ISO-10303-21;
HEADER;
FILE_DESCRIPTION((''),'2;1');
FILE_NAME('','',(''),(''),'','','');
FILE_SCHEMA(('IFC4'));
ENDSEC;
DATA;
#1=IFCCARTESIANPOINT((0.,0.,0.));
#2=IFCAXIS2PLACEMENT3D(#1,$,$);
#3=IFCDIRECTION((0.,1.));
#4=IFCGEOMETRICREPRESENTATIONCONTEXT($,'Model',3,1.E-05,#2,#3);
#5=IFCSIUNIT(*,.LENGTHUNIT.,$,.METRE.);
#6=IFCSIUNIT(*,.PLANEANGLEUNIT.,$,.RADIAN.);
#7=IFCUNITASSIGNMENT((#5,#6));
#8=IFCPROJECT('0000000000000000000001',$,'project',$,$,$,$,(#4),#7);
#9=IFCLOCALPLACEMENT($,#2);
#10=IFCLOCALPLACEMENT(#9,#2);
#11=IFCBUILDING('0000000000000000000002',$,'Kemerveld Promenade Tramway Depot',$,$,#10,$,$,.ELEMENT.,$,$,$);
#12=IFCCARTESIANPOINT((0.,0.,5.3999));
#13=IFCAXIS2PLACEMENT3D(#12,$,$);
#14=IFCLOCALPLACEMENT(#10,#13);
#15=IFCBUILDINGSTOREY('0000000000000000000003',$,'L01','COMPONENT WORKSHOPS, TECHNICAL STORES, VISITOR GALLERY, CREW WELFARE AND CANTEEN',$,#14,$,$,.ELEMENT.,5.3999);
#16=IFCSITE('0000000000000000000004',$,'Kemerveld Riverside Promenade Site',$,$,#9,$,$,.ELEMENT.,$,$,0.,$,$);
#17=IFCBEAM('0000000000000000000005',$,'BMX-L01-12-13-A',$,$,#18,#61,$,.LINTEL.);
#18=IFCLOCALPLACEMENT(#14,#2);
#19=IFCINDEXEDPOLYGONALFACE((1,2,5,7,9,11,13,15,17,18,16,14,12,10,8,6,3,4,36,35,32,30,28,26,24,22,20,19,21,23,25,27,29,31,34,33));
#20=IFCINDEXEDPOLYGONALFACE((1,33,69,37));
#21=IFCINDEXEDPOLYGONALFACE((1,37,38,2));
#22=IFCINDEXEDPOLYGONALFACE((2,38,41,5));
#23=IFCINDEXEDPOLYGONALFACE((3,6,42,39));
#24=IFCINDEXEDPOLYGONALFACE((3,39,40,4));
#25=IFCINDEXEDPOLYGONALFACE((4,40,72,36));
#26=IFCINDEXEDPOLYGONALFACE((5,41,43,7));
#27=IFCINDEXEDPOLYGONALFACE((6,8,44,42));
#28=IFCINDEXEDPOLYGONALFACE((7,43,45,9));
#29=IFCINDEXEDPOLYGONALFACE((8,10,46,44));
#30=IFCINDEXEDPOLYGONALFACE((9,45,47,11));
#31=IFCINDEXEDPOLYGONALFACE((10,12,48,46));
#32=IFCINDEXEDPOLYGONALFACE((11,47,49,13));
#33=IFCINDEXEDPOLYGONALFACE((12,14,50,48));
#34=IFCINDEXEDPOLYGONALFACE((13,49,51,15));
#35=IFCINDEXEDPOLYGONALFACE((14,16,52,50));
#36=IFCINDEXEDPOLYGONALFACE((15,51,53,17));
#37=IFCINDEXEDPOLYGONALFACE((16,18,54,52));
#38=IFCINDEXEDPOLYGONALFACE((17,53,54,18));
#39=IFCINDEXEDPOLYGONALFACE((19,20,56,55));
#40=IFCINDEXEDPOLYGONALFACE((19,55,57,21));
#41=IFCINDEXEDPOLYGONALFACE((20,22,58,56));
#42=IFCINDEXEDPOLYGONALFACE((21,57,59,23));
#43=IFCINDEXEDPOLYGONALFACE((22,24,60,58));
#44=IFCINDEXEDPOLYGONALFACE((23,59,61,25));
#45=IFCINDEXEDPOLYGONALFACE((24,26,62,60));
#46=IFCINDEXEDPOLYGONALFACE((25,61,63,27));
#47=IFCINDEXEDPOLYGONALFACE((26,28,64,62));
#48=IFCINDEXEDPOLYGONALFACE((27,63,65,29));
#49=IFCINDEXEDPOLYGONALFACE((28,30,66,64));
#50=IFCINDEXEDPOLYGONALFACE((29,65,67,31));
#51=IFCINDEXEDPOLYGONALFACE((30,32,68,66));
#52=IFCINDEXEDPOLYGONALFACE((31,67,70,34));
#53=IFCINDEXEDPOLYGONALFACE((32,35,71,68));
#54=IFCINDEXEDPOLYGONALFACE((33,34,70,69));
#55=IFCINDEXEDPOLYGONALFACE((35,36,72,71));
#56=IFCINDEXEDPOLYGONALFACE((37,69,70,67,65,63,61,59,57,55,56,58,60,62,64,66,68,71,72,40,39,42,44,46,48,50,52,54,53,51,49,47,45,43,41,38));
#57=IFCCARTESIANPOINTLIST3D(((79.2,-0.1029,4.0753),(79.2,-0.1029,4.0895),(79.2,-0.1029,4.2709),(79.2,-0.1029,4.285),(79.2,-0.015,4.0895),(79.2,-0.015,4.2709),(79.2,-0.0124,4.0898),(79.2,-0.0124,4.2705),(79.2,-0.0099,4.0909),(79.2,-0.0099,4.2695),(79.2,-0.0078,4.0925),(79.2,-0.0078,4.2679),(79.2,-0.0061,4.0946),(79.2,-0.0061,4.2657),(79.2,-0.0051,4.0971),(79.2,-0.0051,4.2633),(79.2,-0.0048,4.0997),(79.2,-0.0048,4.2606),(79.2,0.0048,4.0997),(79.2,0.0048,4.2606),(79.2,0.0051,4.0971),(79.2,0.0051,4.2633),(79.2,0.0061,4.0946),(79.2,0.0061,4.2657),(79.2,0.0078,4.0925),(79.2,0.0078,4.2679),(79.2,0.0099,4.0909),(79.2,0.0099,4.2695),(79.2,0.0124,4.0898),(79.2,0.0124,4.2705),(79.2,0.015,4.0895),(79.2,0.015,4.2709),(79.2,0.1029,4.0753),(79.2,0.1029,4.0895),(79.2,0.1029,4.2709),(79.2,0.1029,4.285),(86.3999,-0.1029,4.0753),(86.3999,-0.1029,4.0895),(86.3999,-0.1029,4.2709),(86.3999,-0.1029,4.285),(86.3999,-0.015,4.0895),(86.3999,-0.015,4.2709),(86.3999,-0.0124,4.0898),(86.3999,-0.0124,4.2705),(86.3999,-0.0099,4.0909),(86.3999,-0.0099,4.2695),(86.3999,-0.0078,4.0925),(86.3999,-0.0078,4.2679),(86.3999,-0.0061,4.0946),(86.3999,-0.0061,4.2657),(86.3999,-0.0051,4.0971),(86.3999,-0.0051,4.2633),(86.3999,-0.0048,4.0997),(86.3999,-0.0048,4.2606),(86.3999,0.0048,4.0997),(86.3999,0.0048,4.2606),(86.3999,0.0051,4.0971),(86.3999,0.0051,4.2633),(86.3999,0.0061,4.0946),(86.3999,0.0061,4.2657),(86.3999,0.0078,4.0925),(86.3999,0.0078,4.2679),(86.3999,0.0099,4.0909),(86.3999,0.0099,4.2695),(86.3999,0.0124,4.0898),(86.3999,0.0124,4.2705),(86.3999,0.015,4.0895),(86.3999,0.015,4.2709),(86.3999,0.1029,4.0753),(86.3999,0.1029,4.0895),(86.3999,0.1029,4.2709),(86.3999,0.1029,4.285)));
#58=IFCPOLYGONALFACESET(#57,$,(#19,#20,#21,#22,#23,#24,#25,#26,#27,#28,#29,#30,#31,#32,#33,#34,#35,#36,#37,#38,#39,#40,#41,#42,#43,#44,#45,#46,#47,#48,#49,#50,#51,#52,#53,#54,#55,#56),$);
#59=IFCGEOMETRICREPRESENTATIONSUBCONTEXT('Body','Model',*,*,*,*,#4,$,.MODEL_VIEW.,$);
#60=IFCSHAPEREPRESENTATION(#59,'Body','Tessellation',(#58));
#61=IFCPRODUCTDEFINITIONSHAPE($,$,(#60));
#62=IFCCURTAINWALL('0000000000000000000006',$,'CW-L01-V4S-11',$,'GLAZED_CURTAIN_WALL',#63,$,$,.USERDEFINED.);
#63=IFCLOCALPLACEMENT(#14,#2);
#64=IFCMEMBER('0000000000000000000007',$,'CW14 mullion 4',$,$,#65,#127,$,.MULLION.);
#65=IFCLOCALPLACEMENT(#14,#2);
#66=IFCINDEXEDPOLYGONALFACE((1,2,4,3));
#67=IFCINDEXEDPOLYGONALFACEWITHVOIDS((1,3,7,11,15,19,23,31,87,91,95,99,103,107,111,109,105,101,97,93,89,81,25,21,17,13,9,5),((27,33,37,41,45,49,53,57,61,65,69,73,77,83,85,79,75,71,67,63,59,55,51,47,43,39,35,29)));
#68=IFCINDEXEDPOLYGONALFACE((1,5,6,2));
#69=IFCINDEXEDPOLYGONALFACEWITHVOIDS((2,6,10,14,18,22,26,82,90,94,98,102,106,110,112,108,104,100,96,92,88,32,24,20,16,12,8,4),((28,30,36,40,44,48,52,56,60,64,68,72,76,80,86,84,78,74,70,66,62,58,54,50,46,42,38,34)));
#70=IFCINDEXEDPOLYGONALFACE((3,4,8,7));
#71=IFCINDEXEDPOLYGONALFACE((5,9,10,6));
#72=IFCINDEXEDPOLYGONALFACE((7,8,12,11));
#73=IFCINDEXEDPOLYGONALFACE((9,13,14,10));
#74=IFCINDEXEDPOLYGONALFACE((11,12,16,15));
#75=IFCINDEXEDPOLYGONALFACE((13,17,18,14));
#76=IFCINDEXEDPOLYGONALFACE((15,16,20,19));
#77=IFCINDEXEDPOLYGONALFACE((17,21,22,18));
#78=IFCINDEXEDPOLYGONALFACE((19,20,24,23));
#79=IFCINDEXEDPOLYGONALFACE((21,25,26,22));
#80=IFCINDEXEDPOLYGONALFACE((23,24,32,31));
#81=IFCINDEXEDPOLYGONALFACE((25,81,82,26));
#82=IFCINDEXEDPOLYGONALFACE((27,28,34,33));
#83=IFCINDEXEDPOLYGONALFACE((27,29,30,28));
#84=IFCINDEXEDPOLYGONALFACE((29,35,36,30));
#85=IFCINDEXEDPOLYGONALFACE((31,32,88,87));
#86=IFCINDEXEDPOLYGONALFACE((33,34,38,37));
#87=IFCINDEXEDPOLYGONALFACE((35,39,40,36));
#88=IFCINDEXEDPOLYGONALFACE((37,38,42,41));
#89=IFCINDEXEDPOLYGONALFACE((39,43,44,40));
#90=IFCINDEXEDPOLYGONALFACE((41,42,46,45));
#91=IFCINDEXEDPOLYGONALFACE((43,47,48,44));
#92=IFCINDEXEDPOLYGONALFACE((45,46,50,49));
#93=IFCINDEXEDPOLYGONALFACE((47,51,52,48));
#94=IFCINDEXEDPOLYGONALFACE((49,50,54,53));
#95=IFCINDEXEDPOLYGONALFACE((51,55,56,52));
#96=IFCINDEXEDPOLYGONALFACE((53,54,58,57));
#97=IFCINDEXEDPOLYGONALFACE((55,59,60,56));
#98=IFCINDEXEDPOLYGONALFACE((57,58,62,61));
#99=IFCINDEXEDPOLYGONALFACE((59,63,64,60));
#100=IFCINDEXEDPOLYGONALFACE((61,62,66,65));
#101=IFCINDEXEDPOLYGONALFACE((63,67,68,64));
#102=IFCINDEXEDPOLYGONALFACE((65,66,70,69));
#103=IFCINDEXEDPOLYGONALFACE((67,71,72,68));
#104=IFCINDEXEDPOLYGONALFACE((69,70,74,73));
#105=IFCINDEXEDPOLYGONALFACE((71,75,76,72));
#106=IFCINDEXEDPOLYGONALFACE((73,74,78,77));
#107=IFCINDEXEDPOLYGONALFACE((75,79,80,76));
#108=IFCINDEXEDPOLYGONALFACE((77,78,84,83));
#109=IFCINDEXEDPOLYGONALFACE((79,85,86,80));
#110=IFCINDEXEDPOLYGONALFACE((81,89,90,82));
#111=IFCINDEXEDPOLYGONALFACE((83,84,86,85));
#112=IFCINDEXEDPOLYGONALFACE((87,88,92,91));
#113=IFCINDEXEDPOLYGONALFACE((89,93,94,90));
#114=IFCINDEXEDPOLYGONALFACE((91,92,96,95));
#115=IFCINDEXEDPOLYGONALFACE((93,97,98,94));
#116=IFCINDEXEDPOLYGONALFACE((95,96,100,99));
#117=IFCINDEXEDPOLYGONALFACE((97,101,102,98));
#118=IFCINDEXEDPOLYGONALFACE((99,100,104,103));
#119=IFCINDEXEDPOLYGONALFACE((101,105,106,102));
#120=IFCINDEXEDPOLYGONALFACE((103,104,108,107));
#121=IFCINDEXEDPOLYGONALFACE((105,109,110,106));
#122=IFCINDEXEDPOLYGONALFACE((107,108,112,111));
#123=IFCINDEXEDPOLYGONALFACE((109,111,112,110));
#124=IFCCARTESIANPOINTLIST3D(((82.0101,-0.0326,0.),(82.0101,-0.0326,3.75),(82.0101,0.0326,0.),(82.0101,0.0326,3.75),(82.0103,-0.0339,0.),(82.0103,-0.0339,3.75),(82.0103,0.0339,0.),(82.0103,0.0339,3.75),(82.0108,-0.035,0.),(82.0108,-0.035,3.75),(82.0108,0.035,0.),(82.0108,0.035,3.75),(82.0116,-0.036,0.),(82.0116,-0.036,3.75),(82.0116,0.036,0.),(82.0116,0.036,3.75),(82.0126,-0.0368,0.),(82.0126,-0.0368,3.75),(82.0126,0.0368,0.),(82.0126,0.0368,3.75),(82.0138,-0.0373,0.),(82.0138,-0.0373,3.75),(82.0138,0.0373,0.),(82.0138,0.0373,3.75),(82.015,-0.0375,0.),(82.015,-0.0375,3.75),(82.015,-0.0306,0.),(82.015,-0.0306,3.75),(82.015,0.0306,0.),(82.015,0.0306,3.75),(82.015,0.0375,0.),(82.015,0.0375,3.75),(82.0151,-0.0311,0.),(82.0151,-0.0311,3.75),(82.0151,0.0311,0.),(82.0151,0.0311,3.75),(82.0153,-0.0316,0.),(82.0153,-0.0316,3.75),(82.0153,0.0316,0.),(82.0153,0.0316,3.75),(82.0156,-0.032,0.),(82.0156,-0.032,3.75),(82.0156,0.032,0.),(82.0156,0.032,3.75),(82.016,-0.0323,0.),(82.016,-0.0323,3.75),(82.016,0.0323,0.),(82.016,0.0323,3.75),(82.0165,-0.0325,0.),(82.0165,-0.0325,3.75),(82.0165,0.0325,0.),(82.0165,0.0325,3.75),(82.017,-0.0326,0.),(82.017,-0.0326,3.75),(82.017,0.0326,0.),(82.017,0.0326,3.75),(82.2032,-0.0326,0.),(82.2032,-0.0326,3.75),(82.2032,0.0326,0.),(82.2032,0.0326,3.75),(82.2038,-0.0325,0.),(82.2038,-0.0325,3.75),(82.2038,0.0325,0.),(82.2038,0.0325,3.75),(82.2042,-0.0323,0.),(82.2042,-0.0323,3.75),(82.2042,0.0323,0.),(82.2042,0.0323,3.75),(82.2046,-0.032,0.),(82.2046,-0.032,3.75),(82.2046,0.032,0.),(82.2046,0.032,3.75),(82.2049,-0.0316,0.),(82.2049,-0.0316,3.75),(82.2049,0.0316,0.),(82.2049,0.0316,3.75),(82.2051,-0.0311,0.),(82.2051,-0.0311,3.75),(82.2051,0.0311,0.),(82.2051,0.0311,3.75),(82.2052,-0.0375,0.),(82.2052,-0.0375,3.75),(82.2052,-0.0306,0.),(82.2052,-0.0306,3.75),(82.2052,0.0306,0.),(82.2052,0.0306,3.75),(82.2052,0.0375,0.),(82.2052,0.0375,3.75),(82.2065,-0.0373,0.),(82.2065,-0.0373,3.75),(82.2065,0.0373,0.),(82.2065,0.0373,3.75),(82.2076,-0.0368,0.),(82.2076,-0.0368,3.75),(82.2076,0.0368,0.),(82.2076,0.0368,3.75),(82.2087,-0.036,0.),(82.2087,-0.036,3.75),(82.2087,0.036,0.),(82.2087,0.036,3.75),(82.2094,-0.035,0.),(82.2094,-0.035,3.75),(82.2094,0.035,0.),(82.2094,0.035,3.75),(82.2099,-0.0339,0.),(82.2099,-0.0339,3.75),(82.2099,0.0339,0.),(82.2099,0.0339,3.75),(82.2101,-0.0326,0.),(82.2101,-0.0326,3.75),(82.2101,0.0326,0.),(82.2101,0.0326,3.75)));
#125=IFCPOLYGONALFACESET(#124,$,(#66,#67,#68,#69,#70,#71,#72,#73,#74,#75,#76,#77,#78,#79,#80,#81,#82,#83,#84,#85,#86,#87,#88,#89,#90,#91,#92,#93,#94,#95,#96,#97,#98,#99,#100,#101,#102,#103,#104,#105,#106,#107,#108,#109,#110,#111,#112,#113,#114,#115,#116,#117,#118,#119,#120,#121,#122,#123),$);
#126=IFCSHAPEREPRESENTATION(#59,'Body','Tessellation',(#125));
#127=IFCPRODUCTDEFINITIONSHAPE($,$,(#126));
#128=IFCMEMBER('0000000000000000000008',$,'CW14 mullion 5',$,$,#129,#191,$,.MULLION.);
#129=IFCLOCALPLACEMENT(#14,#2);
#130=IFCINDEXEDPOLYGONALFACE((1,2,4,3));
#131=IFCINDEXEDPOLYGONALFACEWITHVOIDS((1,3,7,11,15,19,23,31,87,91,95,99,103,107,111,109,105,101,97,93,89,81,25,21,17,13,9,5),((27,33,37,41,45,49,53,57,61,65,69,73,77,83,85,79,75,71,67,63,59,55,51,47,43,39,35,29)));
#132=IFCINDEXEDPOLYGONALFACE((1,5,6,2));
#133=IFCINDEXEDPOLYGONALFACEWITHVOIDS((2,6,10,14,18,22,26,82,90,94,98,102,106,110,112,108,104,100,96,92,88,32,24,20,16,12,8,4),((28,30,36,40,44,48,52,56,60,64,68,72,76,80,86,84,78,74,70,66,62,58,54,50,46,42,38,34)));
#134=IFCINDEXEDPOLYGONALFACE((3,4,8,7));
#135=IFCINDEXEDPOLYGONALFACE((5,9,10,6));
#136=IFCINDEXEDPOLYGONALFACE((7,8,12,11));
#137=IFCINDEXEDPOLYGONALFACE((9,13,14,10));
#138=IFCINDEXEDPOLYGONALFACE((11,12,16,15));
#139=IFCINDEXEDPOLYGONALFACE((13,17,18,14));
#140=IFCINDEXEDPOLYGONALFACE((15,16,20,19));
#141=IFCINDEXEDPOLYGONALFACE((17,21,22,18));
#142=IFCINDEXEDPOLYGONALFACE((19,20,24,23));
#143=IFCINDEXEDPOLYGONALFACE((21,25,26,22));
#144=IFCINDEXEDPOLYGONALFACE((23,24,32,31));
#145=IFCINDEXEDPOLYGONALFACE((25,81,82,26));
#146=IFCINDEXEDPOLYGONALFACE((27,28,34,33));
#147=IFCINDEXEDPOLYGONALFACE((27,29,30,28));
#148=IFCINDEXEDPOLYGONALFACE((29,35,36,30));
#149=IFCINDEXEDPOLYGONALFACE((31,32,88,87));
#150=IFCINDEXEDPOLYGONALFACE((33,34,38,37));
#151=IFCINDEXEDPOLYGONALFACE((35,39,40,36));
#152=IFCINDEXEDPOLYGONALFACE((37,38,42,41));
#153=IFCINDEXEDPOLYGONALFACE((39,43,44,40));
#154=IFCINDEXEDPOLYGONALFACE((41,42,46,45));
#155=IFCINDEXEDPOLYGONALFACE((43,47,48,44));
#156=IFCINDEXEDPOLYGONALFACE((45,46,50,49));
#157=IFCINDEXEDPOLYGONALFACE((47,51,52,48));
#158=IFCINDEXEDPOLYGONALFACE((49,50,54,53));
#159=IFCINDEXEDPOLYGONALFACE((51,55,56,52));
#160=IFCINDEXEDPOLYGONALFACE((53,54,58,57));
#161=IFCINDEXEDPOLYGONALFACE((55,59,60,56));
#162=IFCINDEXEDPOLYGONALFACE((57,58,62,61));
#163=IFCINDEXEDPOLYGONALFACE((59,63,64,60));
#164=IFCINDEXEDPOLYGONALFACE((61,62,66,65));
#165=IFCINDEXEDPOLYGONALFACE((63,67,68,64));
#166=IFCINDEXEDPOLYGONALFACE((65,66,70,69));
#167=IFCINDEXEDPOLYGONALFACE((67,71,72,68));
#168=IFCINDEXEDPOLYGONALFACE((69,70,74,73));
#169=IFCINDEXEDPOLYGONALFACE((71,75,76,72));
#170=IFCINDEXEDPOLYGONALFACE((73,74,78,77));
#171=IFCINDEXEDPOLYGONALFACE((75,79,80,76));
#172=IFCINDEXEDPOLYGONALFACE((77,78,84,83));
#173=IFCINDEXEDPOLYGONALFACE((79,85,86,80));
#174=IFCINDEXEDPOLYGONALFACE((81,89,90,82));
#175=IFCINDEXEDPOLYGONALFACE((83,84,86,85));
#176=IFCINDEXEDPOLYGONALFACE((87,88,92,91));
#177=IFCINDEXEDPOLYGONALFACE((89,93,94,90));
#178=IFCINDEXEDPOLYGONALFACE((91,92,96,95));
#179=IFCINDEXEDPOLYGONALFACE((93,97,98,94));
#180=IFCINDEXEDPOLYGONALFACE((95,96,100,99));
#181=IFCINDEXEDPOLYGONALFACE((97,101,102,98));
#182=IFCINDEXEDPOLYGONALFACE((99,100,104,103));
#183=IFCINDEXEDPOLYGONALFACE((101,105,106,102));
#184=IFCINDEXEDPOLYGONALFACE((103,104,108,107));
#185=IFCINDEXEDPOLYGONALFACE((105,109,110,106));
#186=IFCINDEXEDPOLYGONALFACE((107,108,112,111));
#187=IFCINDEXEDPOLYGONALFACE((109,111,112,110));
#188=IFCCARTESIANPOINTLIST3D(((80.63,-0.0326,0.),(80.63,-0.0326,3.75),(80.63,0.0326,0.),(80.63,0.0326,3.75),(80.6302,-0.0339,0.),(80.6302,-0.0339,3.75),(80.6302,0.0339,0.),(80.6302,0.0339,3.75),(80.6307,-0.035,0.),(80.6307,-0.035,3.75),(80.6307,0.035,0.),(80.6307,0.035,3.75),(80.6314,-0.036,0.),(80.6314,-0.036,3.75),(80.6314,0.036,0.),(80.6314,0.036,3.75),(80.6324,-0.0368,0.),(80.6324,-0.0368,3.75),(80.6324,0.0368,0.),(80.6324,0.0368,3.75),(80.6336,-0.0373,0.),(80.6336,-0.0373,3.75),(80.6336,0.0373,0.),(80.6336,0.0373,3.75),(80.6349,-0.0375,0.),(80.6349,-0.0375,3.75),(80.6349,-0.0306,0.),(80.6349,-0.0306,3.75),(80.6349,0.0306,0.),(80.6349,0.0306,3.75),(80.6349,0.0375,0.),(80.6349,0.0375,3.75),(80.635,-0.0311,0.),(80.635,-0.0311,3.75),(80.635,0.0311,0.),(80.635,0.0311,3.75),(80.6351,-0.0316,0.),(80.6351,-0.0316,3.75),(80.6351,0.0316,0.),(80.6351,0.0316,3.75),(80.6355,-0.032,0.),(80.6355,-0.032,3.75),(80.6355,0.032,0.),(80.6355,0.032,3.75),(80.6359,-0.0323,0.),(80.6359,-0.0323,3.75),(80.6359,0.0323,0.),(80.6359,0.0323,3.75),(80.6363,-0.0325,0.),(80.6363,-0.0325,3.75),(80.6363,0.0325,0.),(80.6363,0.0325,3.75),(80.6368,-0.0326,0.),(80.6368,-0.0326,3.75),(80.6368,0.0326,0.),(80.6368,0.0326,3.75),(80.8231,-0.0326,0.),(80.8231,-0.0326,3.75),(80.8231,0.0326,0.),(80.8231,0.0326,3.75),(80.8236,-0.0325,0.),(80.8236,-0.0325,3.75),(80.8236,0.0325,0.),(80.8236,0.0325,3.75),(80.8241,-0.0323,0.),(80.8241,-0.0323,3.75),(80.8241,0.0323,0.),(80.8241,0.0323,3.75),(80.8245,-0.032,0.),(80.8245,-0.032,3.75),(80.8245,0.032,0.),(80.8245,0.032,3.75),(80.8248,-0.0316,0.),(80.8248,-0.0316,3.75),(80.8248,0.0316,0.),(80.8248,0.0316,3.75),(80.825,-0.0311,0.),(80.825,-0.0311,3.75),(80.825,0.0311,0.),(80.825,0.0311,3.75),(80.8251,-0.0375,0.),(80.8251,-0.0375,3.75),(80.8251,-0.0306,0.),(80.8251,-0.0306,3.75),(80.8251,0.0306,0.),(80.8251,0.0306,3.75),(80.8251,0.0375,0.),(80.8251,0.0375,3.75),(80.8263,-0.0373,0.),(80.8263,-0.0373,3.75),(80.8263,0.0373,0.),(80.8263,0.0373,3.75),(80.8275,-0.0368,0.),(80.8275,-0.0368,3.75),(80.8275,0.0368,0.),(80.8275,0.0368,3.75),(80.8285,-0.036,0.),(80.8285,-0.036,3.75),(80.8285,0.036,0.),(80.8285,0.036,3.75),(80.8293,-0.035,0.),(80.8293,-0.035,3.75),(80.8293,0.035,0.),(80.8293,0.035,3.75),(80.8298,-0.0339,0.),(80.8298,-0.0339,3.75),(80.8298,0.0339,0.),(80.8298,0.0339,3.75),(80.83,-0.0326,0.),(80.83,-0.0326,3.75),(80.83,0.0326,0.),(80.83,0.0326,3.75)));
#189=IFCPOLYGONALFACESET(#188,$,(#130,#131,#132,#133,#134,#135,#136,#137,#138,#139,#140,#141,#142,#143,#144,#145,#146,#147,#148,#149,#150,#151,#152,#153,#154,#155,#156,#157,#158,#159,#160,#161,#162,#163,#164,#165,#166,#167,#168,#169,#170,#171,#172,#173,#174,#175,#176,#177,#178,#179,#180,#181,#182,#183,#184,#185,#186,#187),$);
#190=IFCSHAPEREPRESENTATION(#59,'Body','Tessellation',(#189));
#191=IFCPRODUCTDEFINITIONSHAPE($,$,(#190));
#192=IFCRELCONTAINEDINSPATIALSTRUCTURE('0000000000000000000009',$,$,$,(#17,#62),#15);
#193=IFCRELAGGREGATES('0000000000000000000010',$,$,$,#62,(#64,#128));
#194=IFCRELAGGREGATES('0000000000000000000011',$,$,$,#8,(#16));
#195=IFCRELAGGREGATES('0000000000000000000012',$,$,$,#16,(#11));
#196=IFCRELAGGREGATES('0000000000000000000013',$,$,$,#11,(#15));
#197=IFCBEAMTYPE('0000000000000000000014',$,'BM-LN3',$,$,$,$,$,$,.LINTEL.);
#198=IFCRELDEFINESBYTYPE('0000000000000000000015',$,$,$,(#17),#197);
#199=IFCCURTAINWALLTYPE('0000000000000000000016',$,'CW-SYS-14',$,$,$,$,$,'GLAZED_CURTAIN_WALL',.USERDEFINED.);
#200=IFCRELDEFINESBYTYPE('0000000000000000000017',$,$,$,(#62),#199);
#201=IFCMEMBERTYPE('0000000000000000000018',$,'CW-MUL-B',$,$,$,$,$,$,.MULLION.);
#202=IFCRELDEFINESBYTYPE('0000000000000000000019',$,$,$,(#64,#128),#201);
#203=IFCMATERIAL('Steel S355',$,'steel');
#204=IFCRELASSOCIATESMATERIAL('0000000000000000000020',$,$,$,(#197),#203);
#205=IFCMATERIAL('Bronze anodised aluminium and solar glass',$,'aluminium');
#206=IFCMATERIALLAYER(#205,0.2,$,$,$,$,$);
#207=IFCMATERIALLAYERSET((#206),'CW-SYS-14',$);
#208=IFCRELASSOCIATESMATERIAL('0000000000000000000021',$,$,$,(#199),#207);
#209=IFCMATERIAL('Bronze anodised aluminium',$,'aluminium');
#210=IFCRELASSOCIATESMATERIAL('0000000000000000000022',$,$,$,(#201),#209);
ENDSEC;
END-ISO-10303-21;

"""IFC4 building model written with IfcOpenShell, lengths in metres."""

from ifc_helpers import new_model, si_unit, direction, frame, origin, origin_2d, place, context, subcontext, project, spatial, hollow_rectangle, i_section, extrude, material, layer, layer_set, material_profile, profile_set, type_object, element, aggregate, save


model = new_model("IFC4")

# Units and contexts
model_context = context("Model", 3, precision=1e-05, world=origin(), true_north=direction((0.0, 1.0)))
body_context = subcontext(model_context, "Body", "Model", "MODEL_VIEW")
ifc_project = project(units=[si_unit("LENGTHUNIT", "METRE"), si_unit("PLANEANGLEUNIT", "RADIAN")], contexts=[model_context])

# Site, building, storey
site_placement = place(None, origin())
site = spatial("IfcSite", under=ifc_project, at=site_placement, Name="Kemerveld Riverside Promenade Site", CompositionType="ELEMENT", RefElevation=0.0)
building_placement = place(site_placement, origin())
building = spatial("IfcBuilding", under=site, at=building_placement, Name="Kemerveld Promenade Tramway Depot", CompositionType="ELEMENT")
storey_placement = place(building_placement, frame((0.0, 0.0, 5.3999)))
storey = spatial("IfcBuildingStorey", under=building, at=storey_placement, Name="L01", Description="COMPONENT WORKSHOPS, TECHNICAL STORES, VISITOR GALLERY, CREW WELFARE AND CANTEEN", CompositionType="ELEMENT", Elevation=5.3999)

# Shared definitions
ifc_material_1 = material(Name="Steel S355", Category="steel")

# Beam
ifc_material_profile_1 = material_profile(ifc_material_1, i_section(OverallWidth=0.2058, OverallDepth=0.2097, WebThickness=0.0095, FlangeThickness=0.0142, FilletRadius=0.0103, at=origin_2d()), Name="203x203x60 UC")
ifc_profile_set_1 = profile_set([ifc_material_profile_1], Name="Steel S355")
beam_type_1 = type_object("IfcBeamType", Name="BM-LN3", PredefinedType="LINTEL", material=ifc_profile_set_1)
beam_1_placement = place(storey_placement, frame((79.2, 0.0, 4.1802), z_axis=(1.0, 0.0, 0.0), x_axis=(0.0, 1.0, 0.0)))
element("IfcBeam", 1, at=beam_1_placement, inside=storey, type_object=beam_type_1, Name="BMX-L01-12-13-A", PredefinedType="LINTEL", context=body_context, shape_type="SweptSolid", body=[
    extrude(i_section(OverallWidth=0.2058, OverallDepth=0.2097, WebThickness=0.0095, FlangeThickness=0.0142, FilletRadius=0.0103, at=origin_2d()), origin(), (0.0, 0.0, 1.0), 7.2),
])

# Curtain wall, members
ifc_material_2 = material(Name="Bronze anodised aluminium and solar glass", Category="aluminium")
ifc_layer_1 = layer(ifc_material_2, 0.2)
ifc_layer_set_1 = layer_set([ifc_layer_1], Name="CW-SYS-14")
curtain_wall_type = type_object("IfcCurtainWallType", Name="CW-SYS-14", ElementType="GLAZED_CURTAIN_WALL", PredefinedType="USERDEFINED", material=ifc_layer_set_1)
curtain_wall_placement = place(storey_placement, origin())
curtain_wall = element("IfcCurtainWall", 2, at=curtain_wall_placement, inside=storey, type_object=curtain_wall_type, Name="CW-L01-V4S-11", ObjectType="GLAZED_CURTAIN_WALL", PredefinedType="USERDEFINED")
ifc_material_3 = material(Name="Bronze anodised aluminium", Category="aluminium")
ifc_material_profile_2 = material_profile(ifc_material_3, hollow_rectangle(XDim=0.075, YDim=0.2, WallThickness=0.0049, InnerFilletRadius=0.002, OuterFilletRadius=0.0049, at=origin_2d()), Name="CW-MUL-200x75")
ifc_profile_set_2 = profile_set([ifc_material_profile_2], Name="Bronze anodised aluminium")
member_type_1 = type_object("IfcMemberType", Name="CW-MUL-B", PredefinedType="MULLION", material=ifc_profile_set_2)
member_1_placement = place(storey_placement, frame((82.1101, 0.0, 0.0), z_axis=(0.0, 0.0, 1.0), x_axis=(0.0, -1.0, 0.0)))
member_1 = element("IfcMember", 3, at=member_1_placement, type_object=member_type_1, Name="CW14 mullion 4", PredefinedType="MULLION", context=body_context, shape_type="SweptSolid", body=[
    extrude(hollow_rectangle(XDim=0.075, YDim=0.2, WallThickness=0.0049, InnerFilletRadius=0.002, OuterFilletRadius=0.0049, at=origin_2d()), origin(), (0.0, 0.0, 1.0), 3.75),
])
member_2_placement = place(storey_placement, frame((80.73, 0.0, 0.0), z_axis=(0.0, 0.0, 1.0), x_axis=(0.0, -1.0, 0.0)))
member_2 = element("IfcMember", 4, at=member_2_placement, type_object=member_type_1, Name="CW14 mullion 5", PredefinedType="MULLION", context=body_context, shape_type="SweptSolid", body=[
    extrude(hollow_rectangle(XDim=0.075, YDim=0.2, WallThickness=0.0049, InnerFilletRadius=0.002, OuterFilletRadius=0.0049, at=origin_2d()), origin(), (0.0, 0.0, 1.0), 3.75),
])
aggregate(curtain_wall, [member_1, member_2])

save(model, "model.ifc")
